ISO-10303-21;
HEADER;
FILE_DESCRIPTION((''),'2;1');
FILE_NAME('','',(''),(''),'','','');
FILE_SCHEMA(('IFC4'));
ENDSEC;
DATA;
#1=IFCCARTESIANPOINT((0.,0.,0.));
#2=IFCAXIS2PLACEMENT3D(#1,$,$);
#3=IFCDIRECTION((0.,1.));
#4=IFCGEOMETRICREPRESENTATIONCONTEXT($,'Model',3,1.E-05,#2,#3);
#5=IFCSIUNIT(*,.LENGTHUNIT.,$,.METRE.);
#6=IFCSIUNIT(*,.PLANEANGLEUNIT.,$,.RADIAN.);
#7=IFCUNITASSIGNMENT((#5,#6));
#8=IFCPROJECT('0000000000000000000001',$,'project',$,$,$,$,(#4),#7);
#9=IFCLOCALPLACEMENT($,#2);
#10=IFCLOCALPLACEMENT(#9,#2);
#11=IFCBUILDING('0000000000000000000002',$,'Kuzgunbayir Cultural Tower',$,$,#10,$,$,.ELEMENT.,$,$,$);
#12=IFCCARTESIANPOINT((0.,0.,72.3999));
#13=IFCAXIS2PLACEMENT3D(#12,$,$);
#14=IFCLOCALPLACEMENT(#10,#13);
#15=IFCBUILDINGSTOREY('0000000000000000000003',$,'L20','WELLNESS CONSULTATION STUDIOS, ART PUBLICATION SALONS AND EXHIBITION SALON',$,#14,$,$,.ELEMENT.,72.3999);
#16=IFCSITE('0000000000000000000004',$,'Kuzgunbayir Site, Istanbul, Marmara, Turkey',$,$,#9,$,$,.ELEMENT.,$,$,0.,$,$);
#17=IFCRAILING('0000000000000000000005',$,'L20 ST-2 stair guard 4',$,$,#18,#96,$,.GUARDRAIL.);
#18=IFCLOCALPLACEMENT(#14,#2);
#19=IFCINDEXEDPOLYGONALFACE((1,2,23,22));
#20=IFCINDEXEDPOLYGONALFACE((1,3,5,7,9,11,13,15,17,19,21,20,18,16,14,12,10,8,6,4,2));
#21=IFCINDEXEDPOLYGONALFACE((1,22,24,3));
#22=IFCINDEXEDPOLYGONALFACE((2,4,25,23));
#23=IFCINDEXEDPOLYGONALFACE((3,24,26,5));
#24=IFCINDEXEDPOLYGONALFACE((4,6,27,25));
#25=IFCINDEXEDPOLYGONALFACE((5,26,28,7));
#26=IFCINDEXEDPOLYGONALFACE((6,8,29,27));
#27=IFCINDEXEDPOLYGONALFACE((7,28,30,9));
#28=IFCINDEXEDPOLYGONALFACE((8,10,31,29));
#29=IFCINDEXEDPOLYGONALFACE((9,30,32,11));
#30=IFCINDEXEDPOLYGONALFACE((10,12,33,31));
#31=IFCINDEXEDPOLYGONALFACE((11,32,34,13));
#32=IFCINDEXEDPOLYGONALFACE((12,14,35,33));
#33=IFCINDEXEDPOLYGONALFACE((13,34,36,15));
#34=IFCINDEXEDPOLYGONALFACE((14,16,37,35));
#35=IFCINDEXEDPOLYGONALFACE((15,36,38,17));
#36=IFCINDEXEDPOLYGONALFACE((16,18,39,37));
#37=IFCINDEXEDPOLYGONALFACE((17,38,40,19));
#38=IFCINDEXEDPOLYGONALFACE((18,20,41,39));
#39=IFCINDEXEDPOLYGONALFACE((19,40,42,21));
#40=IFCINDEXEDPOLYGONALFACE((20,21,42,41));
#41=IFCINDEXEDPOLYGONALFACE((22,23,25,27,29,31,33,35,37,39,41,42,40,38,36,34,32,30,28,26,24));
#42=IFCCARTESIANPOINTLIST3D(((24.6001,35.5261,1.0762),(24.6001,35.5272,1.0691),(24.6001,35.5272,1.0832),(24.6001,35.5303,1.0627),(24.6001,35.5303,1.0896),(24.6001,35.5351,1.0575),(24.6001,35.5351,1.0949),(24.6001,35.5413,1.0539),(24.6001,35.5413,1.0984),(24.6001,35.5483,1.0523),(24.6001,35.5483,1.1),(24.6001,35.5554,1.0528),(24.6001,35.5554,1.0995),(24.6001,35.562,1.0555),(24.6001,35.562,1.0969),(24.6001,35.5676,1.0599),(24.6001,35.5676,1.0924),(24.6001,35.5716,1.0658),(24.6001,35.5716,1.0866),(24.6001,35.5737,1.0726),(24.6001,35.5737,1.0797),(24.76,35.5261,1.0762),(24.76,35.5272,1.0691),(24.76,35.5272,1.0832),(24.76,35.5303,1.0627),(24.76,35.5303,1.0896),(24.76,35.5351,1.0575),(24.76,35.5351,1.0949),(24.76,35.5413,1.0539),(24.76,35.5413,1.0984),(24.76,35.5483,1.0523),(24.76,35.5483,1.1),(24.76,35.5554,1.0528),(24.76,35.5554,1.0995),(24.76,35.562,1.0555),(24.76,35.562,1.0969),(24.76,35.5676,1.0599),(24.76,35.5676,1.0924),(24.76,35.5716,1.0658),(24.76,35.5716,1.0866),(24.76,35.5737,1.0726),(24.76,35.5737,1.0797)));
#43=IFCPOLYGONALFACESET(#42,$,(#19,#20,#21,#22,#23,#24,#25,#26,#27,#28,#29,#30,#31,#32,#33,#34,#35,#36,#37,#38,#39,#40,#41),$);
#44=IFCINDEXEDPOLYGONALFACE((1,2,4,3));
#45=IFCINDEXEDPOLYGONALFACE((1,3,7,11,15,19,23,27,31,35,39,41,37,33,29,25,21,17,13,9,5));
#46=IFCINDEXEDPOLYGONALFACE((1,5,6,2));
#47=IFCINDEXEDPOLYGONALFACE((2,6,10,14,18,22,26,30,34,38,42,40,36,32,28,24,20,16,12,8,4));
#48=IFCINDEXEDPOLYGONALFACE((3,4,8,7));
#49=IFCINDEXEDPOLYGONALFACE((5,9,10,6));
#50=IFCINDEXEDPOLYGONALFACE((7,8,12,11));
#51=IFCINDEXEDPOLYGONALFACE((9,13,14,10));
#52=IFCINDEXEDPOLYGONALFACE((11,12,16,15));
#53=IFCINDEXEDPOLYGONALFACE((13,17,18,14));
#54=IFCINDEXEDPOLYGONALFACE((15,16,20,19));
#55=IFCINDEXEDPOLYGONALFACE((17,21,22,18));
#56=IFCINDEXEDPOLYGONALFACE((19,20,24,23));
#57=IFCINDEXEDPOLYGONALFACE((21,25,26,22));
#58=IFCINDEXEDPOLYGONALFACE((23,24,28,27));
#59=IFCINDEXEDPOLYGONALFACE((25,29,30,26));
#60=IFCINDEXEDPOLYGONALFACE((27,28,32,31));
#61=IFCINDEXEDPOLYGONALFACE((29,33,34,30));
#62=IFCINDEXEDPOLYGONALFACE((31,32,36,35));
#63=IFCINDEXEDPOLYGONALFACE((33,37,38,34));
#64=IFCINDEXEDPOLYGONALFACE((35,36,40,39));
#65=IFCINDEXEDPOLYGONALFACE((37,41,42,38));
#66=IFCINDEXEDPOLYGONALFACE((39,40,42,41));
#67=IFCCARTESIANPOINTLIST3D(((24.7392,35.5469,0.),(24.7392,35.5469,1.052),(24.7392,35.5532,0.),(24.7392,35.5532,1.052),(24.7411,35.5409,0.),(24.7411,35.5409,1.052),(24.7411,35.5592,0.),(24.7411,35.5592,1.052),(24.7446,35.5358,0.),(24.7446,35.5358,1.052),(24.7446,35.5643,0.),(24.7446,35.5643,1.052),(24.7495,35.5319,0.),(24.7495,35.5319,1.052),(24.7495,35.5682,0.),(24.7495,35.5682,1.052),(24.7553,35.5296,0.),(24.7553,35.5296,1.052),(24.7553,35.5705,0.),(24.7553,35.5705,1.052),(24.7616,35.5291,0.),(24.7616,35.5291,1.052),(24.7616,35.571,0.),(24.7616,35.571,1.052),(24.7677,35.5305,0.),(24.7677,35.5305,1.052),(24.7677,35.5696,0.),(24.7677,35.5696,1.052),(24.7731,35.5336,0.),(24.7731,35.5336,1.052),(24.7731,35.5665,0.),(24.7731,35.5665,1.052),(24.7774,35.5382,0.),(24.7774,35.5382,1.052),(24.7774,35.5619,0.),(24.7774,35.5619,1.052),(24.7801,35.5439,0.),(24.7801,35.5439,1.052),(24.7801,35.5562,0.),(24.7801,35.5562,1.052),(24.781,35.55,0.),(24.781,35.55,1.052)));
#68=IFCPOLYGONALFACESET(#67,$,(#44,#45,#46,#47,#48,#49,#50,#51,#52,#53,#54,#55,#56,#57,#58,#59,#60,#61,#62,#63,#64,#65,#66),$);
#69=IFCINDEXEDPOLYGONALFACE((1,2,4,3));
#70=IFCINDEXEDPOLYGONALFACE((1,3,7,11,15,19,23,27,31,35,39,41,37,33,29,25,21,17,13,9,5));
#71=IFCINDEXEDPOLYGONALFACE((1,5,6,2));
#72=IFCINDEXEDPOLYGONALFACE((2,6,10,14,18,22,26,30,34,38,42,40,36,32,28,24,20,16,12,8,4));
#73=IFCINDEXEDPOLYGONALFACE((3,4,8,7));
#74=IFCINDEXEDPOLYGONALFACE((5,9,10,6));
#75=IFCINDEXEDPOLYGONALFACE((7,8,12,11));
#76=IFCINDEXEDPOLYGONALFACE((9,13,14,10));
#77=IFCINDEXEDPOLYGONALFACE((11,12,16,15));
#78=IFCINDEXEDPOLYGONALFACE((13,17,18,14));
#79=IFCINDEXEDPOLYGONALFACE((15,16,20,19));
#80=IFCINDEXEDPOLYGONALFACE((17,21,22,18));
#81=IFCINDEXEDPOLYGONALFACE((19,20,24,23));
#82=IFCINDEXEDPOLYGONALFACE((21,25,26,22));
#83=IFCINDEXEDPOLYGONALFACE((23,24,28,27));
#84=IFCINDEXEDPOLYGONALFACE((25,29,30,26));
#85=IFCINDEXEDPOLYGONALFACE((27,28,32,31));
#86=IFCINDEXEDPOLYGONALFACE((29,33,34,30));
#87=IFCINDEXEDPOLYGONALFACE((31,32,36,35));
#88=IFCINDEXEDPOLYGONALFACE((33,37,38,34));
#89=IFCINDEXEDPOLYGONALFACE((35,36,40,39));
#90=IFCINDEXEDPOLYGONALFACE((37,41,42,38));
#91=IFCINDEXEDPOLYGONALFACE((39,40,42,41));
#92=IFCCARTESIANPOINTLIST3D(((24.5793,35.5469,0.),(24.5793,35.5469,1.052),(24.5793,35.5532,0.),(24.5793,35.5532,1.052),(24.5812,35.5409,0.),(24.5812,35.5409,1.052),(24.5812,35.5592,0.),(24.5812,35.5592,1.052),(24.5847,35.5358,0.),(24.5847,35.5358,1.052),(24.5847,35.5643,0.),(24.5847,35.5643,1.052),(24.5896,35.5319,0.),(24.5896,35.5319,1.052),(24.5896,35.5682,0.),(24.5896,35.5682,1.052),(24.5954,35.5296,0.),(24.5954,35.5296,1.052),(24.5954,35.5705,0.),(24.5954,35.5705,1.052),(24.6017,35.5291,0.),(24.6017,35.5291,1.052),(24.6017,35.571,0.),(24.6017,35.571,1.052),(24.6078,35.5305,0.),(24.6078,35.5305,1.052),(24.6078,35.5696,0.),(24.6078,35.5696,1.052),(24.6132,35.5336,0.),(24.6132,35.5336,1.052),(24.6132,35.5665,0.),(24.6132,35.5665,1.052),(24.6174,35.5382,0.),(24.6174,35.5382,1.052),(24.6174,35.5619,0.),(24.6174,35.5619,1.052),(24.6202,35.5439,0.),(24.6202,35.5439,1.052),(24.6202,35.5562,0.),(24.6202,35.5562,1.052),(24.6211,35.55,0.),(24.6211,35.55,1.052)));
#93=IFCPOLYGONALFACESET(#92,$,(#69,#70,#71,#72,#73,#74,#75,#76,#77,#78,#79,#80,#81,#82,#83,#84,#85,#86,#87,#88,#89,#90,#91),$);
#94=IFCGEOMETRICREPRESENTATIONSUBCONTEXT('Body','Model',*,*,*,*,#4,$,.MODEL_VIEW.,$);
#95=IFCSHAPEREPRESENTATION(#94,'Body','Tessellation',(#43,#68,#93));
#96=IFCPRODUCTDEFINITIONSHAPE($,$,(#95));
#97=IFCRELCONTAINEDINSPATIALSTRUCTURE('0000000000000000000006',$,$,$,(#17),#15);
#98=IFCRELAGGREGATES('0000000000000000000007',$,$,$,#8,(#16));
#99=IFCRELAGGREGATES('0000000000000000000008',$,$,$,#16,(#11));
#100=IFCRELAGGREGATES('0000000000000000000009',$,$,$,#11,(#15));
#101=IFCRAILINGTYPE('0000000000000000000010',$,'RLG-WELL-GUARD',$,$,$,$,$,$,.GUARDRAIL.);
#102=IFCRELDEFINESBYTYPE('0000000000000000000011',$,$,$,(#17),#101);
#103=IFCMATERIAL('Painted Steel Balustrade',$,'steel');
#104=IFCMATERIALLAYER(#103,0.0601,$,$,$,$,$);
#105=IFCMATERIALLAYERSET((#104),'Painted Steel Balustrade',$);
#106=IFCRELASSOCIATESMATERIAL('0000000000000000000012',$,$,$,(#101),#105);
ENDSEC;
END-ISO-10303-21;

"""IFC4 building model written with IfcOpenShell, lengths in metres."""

from ifc_helpers import new_model, si_unit, direction, frame, origin, origin_2d, place, context, subcontext, project, spatial, circle, extrude, material, layer, layer_set, type_object, element, save


model = new_model("IFC4")

# Units and contexts
model_context = context("Model", 3, precision=1e-05, world=origin(), true_north=direction((0.0, 1.0)))
body_context = subcontext(model_context, "Body", "Model", "MODEL_VIEW")
ifc_project = project(units=[si_unit("LENGTHUNIT", "METRE"), si_unit("PLANEANGLEUNIT", "RADIAN")], contexts=[model_context])

# Site, building, storey
site_placement = place(None, origin())
site = spatial("IfcSite", under=ifc_project, at=site_placement, Name="Kuzgunbayir Site, Istanbul, Marmara, Turkey", CompositionType="ELEMENT", RefElevation=0.0)
building_placement = place(site_placement, origin())
building = spatial("IfcBuilding", under=site, at=building_placement, Name="Kuzgunbayir Cultural Tower", CompositionType="ELEMENT")
storey_placement = place(building_placement, frame((0.0, 0.0, 72.3999)))
storey = spatial("IfcBuildingStorey", under=building, at=storey_placement, Name="L20", Description="WELLNESS CONSULTATION STUDIOS, ART PUBLICATION SALONS AND EXHIBITION SALON", CompositionType="ELEMENT", Elevation=72.3999)

# Railing
ifc_material_1 = material(Name="Painted Steel Balustrade", Category="steel")
ifc_layer_1 = layer(ifc_material_1, 0.0601)
ifc_layer_set_1 = layer_set([ifc_layer_1], Name="Painted Steel Balustrade")
railing_type_1 = type_object("IfcRailingType", Name="RLG-WELL-GUARD", PredefinedType="GUARDRAIL", material=ifc_layer_set_1)
railing_1_placement = place(storey_placement, frame((24.76, 35.55, 0.0)))
element("IfcRailing", 1, at=railing_1_placement, inside=storey, type_object=railing_type_1, Name="L20 ST-2 stair guard 4", PredefinedType="GUARDRAIL", context=body_context, shape_type="SweptSolid", body=[
    extrude(circle(Radius=0.0239, at=origin_2d()), frame((0.0, 0.0, 1.0762), z_axis=(-1.0, 0.0, 0.0), x_axis=(0.0, -1.0, 0.0)), (0.0, 0.0, 1.0), 0.1599),
    extrude(circle(Radius=0.021, at=origin_2d()), origin(), (0.0, 0.0, 1.0), 1.052),
    extrude(circle(Radius=0.021, at=origin_2d()), frame((-0.1599, 0.0, 0.0)), (0.0, 0.0, 1.0), 1.052),
])

save(model, "model.ifc")
